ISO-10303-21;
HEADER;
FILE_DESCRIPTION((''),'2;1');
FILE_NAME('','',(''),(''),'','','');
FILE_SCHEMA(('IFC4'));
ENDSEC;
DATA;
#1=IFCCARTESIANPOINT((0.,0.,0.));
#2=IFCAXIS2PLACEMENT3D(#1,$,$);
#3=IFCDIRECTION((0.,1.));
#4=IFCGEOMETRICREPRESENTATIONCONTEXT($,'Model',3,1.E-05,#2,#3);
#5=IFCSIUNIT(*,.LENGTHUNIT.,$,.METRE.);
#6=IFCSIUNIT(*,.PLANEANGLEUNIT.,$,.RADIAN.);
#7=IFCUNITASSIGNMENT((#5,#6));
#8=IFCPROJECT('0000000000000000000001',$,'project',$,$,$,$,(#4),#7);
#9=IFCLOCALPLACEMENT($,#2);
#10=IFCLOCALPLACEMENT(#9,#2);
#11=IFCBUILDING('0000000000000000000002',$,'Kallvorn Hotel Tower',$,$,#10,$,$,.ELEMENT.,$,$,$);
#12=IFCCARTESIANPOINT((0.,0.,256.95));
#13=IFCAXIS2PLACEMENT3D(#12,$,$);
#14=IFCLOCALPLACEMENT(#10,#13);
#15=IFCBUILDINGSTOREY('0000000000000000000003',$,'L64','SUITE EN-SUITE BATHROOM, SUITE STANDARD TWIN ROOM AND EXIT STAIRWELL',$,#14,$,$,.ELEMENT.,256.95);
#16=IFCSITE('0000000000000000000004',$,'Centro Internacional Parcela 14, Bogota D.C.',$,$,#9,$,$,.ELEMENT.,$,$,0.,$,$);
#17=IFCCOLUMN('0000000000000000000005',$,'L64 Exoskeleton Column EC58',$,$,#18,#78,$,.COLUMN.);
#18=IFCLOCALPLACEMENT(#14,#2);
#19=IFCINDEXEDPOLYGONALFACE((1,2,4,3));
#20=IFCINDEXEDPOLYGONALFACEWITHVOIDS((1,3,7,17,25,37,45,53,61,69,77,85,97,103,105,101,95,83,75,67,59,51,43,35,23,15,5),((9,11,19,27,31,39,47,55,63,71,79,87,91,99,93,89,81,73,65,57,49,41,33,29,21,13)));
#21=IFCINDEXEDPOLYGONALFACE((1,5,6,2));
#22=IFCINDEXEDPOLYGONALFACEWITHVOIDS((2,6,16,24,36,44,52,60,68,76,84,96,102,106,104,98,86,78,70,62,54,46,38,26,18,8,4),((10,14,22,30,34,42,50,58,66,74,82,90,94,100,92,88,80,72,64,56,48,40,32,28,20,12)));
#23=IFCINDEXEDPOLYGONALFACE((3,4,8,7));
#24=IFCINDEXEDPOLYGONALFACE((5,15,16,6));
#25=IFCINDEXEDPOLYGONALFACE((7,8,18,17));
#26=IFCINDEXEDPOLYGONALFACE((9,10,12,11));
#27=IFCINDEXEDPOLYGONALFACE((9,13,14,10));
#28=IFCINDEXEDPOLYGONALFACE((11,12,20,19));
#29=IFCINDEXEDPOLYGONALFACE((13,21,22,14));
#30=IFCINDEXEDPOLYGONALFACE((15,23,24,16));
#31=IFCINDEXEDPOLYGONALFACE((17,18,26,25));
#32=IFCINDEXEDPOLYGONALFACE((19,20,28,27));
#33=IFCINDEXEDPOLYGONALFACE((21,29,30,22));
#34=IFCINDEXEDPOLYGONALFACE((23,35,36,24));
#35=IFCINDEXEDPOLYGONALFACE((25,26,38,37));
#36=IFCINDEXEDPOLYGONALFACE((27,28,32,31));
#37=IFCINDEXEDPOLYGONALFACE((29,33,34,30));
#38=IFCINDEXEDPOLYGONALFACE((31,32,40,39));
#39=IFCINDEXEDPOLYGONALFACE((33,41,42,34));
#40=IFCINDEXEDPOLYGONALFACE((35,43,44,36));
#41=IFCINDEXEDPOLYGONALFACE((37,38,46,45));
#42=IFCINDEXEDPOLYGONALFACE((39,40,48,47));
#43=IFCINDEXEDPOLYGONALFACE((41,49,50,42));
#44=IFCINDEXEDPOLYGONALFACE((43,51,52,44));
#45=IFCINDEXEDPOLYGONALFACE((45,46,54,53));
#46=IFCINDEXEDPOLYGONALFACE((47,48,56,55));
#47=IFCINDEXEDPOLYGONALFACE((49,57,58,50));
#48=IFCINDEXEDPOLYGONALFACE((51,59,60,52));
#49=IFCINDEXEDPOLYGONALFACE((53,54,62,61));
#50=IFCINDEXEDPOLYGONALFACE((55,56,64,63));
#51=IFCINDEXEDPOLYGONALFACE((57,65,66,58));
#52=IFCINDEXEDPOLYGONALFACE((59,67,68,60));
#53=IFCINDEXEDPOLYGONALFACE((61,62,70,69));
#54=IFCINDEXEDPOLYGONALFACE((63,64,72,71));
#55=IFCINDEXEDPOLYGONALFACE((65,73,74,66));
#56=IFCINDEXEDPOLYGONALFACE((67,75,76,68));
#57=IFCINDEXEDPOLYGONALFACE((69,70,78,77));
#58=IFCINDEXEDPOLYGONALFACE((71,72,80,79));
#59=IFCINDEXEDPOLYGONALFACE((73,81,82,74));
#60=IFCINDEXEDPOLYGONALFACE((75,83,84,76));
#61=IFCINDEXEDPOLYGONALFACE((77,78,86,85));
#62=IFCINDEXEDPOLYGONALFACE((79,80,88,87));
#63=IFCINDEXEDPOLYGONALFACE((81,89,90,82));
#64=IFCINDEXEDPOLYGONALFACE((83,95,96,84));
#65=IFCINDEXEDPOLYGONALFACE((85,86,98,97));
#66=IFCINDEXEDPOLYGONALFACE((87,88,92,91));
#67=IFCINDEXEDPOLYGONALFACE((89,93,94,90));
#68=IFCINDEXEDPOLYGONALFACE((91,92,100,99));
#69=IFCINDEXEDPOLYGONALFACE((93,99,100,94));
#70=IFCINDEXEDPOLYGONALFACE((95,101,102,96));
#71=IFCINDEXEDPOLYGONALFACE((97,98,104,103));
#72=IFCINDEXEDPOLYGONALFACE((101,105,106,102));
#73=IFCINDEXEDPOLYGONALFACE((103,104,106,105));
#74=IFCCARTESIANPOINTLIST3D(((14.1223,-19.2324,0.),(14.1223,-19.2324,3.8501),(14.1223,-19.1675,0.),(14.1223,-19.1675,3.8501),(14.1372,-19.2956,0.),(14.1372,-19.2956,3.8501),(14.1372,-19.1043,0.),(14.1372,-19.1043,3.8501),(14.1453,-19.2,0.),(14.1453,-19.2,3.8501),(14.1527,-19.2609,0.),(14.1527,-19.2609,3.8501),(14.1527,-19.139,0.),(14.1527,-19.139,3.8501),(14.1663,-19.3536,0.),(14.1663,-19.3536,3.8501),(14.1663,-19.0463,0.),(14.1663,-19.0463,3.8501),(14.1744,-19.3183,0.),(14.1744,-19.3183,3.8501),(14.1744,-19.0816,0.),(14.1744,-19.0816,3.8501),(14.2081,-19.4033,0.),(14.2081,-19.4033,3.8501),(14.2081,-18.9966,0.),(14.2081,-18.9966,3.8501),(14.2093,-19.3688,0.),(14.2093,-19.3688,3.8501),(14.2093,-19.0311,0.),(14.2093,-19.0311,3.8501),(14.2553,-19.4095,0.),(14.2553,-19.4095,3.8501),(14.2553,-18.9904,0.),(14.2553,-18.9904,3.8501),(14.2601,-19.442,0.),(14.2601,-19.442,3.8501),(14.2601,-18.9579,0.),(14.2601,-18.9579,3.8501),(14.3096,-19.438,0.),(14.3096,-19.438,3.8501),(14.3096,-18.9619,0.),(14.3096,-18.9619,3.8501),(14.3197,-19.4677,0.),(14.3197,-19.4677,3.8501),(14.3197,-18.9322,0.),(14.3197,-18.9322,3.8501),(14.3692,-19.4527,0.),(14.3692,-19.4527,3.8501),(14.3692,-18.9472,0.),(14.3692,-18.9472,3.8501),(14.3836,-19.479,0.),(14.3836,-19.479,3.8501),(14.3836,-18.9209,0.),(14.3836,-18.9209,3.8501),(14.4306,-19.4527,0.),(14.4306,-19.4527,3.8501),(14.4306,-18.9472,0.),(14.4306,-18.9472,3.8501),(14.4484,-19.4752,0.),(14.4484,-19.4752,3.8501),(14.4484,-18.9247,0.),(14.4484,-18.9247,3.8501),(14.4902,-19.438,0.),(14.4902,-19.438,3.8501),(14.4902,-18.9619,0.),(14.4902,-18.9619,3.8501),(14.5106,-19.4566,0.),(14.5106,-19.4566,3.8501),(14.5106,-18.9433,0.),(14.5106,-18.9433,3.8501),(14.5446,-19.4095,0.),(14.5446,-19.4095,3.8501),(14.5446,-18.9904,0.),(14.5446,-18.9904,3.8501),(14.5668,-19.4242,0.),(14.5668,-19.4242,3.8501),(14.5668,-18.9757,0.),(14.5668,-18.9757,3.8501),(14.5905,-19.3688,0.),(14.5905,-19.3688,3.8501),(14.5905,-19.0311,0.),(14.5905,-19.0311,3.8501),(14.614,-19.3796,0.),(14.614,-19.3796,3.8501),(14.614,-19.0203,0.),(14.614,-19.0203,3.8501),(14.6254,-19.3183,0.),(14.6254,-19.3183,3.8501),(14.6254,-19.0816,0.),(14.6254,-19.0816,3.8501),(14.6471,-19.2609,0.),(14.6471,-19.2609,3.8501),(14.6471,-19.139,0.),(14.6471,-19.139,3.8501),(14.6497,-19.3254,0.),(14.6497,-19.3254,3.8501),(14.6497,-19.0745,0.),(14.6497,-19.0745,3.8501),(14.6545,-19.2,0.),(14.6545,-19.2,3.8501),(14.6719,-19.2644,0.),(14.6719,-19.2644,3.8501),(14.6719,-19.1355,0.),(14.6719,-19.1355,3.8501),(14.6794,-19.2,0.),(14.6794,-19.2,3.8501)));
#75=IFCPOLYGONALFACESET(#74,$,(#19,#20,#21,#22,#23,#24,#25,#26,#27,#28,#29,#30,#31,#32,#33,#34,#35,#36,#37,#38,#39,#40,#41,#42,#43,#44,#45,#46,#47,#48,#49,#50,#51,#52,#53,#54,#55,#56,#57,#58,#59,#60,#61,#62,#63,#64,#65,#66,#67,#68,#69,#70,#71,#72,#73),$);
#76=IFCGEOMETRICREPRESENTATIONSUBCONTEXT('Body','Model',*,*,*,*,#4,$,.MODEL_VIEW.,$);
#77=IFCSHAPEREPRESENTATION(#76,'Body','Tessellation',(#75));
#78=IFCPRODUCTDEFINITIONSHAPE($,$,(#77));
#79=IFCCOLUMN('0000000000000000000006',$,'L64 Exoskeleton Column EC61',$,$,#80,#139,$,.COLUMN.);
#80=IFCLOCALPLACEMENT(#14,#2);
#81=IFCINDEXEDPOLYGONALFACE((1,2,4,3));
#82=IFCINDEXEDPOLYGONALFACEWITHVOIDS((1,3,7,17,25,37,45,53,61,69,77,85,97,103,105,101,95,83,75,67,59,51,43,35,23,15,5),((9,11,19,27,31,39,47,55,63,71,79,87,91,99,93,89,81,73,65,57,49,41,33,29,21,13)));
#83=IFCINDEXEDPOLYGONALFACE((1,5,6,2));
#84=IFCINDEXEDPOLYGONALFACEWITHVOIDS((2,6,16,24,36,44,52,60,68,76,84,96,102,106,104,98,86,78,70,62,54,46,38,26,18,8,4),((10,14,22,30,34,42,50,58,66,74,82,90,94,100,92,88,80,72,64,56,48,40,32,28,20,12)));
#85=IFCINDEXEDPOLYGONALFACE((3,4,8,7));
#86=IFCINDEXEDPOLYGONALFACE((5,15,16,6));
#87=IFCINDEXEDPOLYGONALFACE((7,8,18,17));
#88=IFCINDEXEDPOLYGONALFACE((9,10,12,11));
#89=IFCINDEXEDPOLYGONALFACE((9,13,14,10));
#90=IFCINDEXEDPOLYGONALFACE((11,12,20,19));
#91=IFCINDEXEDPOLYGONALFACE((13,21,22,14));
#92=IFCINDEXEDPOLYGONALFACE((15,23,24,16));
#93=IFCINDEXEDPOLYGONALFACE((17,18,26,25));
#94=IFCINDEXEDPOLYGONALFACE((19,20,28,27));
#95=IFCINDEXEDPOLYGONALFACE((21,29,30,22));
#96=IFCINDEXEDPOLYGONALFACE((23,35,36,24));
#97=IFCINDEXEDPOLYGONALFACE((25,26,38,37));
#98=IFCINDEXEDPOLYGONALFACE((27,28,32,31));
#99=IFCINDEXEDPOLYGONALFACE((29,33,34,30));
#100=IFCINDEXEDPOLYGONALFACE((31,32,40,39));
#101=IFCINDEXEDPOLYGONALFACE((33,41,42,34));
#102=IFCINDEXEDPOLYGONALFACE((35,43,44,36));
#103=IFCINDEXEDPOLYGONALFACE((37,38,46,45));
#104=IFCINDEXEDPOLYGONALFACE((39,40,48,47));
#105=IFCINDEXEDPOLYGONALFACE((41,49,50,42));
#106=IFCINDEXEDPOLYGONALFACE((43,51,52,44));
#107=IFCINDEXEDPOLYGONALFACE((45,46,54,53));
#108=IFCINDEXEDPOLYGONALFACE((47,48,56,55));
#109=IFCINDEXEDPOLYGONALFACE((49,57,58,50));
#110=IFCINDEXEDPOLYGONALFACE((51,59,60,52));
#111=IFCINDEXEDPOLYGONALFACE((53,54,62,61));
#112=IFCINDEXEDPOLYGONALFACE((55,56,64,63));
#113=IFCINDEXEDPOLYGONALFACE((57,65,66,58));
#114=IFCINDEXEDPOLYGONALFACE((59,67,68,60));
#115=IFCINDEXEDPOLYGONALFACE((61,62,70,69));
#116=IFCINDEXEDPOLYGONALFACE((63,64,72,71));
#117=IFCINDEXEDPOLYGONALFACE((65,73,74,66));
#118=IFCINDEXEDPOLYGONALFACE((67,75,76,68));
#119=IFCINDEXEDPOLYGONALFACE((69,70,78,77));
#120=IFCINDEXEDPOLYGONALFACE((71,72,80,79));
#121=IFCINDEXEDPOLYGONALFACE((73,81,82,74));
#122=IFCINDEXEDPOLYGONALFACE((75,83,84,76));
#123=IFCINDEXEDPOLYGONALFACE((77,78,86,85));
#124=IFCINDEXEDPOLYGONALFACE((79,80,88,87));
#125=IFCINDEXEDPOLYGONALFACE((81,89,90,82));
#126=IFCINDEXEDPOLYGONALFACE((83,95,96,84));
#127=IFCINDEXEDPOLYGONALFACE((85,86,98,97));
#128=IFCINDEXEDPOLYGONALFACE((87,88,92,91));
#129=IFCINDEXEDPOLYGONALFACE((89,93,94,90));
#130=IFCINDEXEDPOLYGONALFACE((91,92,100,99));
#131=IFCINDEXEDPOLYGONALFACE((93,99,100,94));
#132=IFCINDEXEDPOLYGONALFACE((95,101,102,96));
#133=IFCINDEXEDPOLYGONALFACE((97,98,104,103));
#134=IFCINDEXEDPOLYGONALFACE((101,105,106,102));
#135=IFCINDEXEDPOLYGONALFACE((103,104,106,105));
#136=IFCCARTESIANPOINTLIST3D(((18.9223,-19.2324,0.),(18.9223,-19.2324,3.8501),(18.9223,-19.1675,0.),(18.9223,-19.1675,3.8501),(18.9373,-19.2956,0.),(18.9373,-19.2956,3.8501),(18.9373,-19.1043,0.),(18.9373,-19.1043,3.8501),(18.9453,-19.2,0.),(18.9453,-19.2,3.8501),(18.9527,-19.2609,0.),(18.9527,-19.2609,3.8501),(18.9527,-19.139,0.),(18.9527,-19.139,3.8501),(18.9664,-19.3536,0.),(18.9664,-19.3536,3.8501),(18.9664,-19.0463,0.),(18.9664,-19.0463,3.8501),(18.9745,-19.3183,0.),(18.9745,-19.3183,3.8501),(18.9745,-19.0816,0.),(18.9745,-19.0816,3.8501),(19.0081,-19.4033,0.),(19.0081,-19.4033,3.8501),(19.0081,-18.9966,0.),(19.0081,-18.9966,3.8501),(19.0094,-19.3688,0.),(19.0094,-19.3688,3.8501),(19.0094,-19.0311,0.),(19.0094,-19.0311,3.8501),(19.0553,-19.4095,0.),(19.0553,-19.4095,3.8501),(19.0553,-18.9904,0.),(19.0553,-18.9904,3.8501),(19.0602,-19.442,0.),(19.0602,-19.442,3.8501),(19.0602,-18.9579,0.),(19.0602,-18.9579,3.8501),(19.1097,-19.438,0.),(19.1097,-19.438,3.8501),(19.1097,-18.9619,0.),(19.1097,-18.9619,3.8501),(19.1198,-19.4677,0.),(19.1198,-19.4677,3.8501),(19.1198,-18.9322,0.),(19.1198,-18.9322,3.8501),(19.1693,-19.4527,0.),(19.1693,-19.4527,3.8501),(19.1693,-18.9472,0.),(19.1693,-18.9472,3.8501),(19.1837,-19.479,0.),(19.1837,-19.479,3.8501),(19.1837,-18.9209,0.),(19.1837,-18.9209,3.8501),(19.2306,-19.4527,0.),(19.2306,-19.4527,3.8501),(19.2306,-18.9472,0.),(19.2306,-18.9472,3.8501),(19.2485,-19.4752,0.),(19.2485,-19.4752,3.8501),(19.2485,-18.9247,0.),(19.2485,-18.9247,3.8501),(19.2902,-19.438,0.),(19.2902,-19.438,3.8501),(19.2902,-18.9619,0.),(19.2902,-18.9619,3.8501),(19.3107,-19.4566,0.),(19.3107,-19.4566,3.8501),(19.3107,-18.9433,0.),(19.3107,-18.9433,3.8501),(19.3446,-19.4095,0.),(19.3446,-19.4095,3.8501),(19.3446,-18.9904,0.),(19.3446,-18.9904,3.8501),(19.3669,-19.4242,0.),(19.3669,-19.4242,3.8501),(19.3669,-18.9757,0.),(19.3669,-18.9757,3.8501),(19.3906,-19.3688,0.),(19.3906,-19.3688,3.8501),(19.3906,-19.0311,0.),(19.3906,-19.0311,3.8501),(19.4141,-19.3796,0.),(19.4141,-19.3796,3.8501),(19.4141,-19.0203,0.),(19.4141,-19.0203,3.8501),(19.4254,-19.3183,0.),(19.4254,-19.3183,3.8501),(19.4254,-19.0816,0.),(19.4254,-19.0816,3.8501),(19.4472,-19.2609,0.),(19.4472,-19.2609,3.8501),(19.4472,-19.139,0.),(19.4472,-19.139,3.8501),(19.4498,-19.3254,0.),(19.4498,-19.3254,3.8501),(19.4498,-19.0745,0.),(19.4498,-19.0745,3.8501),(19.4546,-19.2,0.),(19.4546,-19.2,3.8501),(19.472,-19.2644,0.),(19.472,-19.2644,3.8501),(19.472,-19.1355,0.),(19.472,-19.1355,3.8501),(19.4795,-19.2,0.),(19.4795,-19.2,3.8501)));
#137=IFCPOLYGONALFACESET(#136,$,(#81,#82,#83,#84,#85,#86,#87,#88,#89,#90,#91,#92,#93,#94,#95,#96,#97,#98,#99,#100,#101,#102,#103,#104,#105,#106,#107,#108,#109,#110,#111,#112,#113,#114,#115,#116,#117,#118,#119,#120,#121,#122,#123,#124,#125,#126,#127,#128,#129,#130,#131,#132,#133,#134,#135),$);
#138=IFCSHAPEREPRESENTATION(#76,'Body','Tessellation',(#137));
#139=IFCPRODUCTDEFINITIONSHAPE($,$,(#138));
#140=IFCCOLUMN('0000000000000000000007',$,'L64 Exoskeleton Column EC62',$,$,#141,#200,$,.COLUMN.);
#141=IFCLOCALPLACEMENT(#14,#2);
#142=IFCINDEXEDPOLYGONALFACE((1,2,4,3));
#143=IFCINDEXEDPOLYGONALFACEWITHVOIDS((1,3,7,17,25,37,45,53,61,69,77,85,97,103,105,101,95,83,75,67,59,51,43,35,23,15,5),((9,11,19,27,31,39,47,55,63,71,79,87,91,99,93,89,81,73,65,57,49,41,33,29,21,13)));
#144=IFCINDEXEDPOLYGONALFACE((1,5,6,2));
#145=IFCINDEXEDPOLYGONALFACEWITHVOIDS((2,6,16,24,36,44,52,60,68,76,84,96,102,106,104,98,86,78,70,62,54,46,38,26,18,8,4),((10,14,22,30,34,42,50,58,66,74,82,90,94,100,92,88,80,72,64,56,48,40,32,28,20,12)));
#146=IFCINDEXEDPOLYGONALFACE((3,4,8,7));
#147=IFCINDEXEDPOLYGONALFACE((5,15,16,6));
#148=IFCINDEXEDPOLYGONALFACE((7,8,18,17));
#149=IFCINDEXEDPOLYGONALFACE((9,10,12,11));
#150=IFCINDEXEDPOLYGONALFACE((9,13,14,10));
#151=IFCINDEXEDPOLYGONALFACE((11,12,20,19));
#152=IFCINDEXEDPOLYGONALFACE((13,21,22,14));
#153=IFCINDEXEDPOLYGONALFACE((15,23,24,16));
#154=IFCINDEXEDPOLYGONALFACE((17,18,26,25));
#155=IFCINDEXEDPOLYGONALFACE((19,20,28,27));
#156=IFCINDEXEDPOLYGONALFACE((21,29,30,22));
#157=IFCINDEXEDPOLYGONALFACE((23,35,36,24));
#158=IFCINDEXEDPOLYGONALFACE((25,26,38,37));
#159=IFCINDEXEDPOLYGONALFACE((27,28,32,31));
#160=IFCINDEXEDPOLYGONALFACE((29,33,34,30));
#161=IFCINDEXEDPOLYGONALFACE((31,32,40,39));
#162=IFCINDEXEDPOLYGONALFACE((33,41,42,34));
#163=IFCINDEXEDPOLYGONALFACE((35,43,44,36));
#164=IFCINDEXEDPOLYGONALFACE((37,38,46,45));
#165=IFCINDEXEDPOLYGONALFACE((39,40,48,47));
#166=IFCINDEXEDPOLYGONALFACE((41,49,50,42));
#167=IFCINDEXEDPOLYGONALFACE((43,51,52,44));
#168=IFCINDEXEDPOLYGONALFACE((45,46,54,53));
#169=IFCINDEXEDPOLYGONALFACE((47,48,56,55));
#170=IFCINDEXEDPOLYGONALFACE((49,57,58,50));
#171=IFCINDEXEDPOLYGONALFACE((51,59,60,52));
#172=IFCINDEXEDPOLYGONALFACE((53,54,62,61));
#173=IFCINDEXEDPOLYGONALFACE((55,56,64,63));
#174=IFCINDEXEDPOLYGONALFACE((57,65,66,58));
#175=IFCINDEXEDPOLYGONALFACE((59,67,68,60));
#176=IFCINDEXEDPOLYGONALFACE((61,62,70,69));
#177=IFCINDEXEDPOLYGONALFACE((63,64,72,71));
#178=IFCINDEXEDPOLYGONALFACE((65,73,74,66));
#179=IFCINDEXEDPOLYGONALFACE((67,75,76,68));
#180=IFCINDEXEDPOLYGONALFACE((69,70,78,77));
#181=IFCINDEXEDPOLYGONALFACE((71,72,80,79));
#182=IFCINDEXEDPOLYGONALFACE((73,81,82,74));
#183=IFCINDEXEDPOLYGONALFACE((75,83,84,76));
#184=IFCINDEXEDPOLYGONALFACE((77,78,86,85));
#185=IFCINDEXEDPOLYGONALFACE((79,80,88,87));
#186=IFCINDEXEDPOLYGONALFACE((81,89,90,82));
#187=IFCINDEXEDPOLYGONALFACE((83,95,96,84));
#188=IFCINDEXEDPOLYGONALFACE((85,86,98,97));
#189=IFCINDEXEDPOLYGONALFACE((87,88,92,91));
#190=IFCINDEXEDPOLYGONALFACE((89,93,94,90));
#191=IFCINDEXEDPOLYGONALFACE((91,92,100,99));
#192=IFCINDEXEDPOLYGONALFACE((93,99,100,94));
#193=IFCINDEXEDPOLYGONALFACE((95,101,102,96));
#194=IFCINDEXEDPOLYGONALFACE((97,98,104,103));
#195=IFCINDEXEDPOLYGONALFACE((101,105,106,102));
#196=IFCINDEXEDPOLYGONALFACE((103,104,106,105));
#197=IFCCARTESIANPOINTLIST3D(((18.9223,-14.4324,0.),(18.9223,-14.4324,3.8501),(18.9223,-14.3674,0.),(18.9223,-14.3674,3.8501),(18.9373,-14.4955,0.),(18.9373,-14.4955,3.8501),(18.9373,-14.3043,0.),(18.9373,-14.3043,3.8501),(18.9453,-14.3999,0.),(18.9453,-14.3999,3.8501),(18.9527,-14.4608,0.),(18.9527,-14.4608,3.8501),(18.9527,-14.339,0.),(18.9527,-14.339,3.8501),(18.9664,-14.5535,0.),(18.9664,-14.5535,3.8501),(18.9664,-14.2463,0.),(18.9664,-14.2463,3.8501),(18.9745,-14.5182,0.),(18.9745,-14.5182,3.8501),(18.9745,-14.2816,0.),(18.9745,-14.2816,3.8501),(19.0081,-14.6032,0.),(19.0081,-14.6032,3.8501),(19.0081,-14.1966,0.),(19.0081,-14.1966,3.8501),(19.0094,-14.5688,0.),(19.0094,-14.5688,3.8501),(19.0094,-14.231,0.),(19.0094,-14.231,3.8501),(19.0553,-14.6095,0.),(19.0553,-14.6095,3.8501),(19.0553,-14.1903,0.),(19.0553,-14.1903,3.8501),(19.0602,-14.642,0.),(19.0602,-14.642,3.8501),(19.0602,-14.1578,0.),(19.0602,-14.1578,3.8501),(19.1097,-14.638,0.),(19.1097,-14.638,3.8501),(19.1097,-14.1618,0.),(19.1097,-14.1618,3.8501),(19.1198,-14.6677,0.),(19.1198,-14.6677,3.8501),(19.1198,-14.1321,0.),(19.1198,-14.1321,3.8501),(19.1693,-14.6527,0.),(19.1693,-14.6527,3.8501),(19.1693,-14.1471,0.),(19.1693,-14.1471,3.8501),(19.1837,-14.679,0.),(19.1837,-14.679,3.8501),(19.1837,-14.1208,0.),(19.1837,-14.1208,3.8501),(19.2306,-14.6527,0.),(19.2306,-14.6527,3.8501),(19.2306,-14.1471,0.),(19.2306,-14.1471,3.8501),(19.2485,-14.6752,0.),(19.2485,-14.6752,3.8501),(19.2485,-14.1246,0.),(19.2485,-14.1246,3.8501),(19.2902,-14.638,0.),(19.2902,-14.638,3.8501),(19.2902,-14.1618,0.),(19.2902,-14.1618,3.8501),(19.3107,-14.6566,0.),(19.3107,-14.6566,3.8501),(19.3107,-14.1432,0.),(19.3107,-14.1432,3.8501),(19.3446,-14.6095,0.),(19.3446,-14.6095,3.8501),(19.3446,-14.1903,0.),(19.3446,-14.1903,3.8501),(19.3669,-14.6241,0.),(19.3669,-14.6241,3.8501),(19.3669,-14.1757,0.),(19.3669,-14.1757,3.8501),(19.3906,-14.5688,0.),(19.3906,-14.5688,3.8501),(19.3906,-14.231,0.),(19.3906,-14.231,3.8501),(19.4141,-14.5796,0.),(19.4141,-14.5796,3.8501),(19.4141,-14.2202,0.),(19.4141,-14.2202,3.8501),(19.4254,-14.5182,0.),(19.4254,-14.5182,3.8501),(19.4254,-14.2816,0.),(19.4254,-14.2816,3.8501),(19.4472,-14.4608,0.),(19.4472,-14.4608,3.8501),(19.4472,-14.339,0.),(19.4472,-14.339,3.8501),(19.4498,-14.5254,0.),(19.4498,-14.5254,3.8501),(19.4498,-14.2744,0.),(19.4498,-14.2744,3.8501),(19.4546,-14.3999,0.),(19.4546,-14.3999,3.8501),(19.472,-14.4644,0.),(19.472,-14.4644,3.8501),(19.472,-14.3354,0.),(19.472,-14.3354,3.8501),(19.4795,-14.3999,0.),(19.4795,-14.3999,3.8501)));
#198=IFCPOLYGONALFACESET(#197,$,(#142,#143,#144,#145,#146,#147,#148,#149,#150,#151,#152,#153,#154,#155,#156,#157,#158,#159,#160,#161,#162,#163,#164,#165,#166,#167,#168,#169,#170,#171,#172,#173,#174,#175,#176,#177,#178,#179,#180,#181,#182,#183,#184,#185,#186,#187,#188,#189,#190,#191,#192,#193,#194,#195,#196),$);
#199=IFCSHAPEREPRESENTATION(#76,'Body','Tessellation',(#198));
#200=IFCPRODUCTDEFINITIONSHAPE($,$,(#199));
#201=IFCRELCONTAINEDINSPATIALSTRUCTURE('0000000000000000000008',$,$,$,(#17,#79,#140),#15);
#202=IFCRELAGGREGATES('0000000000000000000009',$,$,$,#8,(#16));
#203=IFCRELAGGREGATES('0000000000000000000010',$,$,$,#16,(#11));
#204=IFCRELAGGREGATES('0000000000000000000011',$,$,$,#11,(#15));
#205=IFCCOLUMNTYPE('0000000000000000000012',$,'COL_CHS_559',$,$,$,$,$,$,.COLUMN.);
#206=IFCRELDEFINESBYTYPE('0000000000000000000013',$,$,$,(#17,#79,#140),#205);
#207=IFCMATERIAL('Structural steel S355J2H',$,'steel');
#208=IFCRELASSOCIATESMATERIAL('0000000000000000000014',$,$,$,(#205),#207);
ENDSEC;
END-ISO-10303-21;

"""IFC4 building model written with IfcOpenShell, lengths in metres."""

from ifc_helpers import new_model, si_unit, direction, frame, origin, origin_2d, place, context, subcontext, project, spatial, hollow_circle, extrude, material, material_profile, profile_set, type_object, element, save


model = new_model("IFC4")

# Units and contexts
model_context = context("Model", 3, precision=1e-05, world=origin(), true_north=direction((0.0, 1.0)))
body_context = subcontext(model_context, "Body", "Model", "MODEL_VIEW")
ifc_project = project(units=[si_unit("LENGTHUNIT", "METRE"), si_unit("PLANEANGLEUNIT", "RADIAN")], contexts=[model_context])

# Site, building, storey
site_placement = place(None, origin())
site = spatial("IfcSite", under=ifc_project, at=site_placement, Name="Centro Internacional Parcela 14, Bogota D.C.", CompositionType="ELEMENT", RefElevation=0.0)
building_placement = place(site_placement, origin())
building = spatial("IfcBuilding", under=site, at=building_placement, Name="Kallvorn Hotel Tower", CompositionType="ELEMENT")
storey_placement = place(building_placement, frame((0.0, 0.0, 256.95)))
storey = spatial("IfcBuildingStorey", under=building, at=storey_placement, Name="L64", Description="SUITE EN-SUITE BATHROOM, SUITE STANDARD TWIN ROOM AND EXIT STAIRWELL", CompositionType="ELEMENT", Elevation=256.95)

# Columns
ifc_material_1 = material(Name="Structural steel S355J2H", Category="steel")
ifc_material_profile_1 = material_profile(ifc_material_1, hollow_circle(Radius=0.2795, WallThickness=0.0249, at=origin_2d()), Name="CHS 559x25")
ifc_profile_set_1 = profile_set([ifc_material_profile_1], Name="Structural steel S355J2H")
column_type_1 = type_object("IfcColumnType", Name="COL_CHS_559", PredefinedType="COLUMN", material=ifc_profile_set_1)
for number, where, z_axis, x_axis, name in (
    (1, (14.3999, -19.2, 0.0), (0.0, 0.0, 1.0), (1.0, 0.0, 0.0), "L64 Exoskeleton Column EC58"),
    (2, (19.2, -19.2, 0.0), (0.0, 0.0, 1.0), (1.0, 0.0, 0.0), "L64 Exoskeleton Column EC61"),
    (3, (19.2, -14.3999, 0.0), (0.0, 0.0, 1.0), (1.0, 0.0, 0.0), "L64 Exoskeleton Column EC62"),
):
    element("IfcColumn", number, at=place(storey_placement, frame(where, z_axis=z_axis, x_axis=x_axis)), inside=storey, type_object=column_type_1, Name=name, PredefinedType="COLUMN", context=body_context, shape_type="SweptSolid", body=[
        extrude(hollow_circle(Radius=0.2795, WallThickness=0.0249, at=origin_2d()), origin(), (0.0, 0.0, 1.0), 3.8501),
    ])

save(model, "model.ifc")
